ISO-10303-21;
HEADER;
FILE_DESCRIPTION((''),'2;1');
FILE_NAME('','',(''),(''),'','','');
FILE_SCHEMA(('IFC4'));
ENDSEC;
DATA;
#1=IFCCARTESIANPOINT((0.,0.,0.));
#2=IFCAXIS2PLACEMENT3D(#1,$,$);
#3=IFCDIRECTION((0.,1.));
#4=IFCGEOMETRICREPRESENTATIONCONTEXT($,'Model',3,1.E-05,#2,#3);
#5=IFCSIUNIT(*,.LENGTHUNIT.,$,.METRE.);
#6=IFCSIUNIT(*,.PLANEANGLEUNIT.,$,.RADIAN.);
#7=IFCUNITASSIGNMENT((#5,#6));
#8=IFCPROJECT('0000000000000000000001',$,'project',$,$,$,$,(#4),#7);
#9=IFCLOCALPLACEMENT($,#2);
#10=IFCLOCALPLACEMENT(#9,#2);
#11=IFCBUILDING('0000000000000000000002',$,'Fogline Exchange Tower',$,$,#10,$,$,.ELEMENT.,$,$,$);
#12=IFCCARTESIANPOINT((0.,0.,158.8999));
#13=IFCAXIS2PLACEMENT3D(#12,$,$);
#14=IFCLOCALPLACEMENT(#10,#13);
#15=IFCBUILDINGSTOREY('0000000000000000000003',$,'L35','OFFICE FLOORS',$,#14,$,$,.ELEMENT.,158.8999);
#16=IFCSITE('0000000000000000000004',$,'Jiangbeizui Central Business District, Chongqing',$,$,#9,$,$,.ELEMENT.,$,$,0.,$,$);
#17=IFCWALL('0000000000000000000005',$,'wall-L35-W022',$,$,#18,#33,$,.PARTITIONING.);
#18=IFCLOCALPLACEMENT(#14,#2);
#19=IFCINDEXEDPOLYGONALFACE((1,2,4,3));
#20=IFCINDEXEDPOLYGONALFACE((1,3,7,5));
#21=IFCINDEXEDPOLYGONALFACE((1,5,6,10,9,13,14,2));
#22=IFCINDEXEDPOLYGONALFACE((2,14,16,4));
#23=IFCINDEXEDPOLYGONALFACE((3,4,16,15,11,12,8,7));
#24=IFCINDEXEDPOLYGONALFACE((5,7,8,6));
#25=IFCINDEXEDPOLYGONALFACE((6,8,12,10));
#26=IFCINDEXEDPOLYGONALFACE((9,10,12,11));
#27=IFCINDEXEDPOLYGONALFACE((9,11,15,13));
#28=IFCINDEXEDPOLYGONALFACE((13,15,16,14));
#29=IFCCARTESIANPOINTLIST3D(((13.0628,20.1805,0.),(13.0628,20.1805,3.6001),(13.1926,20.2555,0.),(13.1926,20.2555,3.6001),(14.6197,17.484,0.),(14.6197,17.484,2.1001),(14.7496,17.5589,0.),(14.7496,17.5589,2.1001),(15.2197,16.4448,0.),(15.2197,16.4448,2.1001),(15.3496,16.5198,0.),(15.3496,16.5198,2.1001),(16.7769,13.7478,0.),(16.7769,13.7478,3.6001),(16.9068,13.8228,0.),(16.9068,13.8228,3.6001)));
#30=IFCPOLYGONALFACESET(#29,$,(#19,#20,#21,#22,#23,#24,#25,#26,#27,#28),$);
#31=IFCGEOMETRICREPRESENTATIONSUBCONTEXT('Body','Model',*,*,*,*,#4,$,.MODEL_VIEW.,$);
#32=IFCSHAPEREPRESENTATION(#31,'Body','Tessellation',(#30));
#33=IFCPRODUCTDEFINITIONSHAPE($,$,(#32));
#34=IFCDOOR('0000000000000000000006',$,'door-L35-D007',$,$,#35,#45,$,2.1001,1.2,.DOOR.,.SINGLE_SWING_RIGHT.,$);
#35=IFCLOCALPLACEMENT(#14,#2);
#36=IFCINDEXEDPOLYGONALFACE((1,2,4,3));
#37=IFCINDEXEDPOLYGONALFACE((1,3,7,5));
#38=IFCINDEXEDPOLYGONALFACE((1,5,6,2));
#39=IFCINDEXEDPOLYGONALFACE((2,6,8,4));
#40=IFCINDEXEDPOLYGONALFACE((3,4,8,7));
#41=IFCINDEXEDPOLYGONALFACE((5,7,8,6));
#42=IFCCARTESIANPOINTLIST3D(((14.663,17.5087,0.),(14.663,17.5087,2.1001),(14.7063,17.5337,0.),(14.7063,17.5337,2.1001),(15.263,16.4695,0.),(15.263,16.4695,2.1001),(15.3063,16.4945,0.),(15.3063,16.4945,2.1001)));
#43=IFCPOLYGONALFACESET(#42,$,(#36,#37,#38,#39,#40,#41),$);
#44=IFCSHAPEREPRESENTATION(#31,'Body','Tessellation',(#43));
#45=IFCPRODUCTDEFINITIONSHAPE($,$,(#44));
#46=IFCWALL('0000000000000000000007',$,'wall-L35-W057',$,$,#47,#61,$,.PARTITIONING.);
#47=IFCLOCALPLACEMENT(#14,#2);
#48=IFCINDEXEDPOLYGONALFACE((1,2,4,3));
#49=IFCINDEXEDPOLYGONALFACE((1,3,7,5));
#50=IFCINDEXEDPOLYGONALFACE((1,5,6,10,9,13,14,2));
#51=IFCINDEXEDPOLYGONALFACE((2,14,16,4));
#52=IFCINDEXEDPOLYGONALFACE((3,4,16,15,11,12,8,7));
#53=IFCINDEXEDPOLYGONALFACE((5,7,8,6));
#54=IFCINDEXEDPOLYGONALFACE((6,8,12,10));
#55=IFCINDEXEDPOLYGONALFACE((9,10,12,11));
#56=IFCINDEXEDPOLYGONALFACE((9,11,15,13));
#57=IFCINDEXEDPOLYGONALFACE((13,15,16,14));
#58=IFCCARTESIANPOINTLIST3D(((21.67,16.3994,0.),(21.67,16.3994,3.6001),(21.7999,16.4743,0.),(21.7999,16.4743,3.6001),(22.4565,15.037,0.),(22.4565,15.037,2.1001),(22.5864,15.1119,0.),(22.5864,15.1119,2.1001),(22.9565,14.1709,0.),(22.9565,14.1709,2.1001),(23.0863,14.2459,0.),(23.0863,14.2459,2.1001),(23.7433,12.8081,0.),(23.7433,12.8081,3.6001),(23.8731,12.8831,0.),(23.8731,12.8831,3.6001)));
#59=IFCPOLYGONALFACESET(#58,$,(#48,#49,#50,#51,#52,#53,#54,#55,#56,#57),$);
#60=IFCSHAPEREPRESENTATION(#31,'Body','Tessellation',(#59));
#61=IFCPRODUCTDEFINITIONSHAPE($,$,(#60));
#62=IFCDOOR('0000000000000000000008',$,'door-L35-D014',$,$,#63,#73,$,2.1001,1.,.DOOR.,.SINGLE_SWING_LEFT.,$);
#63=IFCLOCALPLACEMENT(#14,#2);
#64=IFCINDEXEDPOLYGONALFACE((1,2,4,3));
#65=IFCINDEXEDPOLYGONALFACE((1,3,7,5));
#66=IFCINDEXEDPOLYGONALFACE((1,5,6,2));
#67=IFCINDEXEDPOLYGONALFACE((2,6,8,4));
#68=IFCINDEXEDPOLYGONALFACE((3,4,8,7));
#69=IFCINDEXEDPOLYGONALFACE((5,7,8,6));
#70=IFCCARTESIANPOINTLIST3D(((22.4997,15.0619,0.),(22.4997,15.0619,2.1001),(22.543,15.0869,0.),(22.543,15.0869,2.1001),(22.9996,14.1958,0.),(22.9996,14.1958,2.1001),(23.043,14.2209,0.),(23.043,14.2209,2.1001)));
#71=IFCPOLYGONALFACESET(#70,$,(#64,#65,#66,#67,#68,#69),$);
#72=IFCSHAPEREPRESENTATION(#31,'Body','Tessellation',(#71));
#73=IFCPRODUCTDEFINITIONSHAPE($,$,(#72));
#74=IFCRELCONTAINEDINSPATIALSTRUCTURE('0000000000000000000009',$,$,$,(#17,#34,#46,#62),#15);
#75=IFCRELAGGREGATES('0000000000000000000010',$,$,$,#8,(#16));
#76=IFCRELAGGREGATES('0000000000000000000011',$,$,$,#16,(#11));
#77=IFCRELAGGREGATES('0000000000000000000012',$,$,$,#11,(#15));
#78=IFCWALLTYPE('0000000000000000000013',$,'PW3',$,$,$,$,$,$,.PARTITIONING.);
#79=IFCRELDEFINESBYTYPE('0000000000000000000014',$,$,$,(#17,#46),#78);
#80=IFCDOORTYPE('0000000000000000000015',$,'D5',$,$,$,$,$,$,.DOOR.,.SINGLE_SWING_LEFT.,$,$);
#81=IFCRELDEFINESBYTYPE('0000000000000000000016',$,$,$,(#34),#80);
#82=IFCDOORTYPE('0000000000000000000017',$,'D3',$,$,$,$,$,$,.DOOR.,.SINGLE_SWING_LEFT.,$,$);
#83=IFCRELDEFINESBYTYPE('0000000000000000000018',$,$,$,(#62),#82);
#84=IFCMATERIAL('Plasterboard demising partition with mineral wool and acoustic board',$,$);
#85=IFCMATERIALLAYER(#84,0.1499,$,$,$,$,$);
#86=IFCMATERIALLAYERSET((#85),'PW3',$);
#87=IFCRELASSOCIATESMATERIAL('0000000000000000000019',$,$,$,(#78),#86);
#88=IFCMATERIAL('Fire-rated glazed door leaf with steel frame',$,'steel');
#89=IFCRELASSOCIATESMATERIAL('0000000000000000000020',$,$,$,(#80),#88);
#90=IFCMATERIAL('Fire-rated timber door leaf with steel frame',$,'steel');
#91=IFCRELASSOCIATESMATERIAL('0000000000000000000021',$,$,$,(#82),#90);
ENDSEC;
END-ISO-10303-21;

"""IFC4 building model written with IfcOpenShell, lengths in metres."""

from ifc_helpers import new_model, si_unit, direction, frame, frame_2d, origin, place, context, subcontext, project, spatial, rectangle, extrude, material, layer, layer_set, type_object, element, fill, save


model = new_model("IFC4")

# Units and contexts
model_context = context("Model", 3, precision=1e-05, world=origin(), true_north=direction((0.0, 1.0)))
body_context = subcontext(model_context, "Body", "Model", "MODEL_VIEW")
ifc_project = project(units=[si_unit("LENGTHUNIT", "METRE"), si_unit("PLANEANGLEUNIT", "RADIAN")], contexts=[model_context])

# Site, building, storey
site_placement = place(None, origin())
site = spatial("IfcSite", under=ifc_project, at=site_placement, Name="Jiangbeizui Central Business District, Chongqing", CompositionType="ELEMENT", RefElevation=0.0)
building_placement = place(site_placement, origin())
building = spatial("IfcBuilding", under=site, at=building_placement, Name="Fogline Exchange Tower", CompositionType="ELEMENT")
storey_placement = place(building_placement, frame((0.0, 0.0, 158.8999)))
storey = spatial("IfcBuildingStorey", under=building, at=storey_placement, Name="L35", Description="OFFICE FLOORS", CompositionType="ELEMENT", Elevation=158.8999)

# Shared definitions
ifc_material_1 = material(Name="Plasterboard demising partition with mineral wool and acoustic board")
ifc_layer_1 = layer(ifc_material_1, 0.1499)
ifc_layer_set_1 = layer_set([ifc_layer_1], Name="PW3")
wall_type_1 = type_object("IfcWallType", Name="PW3", PredefinedType="PARTITIONING", material=ifc_layer_set_1)

# Walls, openings, doors
wall_1_placement = place(storey_placement, frame((16.8418, 13.7854, 0.0), z_axis=(0.0, 0.0, 1.0), x_axis=(-0.500024, 0.866012, 0.0)))
wall_1 = element("IfcWall", 1, at=wall_1_placement, inside=storey, type_object=wall_type_1, Name="wall-L35-W022", PredefinedType="PARTITIONING", context=body_context, shape_type="SweptSolid", body=[
    extrude(rectangle(XDim=7.428, YDim=0.1499, at=frame_2d((3.7139, 0.0))), origin(), (0.0, 0.0, 1.0), 3.6001),
])
opening_1_placement = place(wall_1_placement, frame((3.114, 0.0, 0.0)))
opening_1 = element("IfcOpeningElement", 2, at=opening_1_placement, cuts=wall_1, PredefinedType="OPENING", context=body_context, shape_type="SweptSolid", body=[
    extrude(rectangle(XDim=1.2, YDim=2.1001, at=frame_2d((0.6001, 1.05))), frame((0.0, 0.085, 0.0), z_axis=(0.0, -1.0, 0.0), x_axis=(1.0, 0.0, 0.0)), (0.0, 0.0, 1.0), 0.1699),
])
ifc_material_2 = material(Name="Fire-rated glazed door leaf with steel frame", Category="steel")
door_type_1 = type_object("IfcDoorType", Name="D5", OperationType="SINGLE_SWING_LEFT", PredefinedType="DOOR", material=ifc_material_2)
door_1_placement = place(opening_1_placement, frame((1.2, 0.0, 0.0), z_axis=(0.0, 0.0, 1.0), x_axis=(-1.0, 0.0, 0.0)))
door_1 = element("IfcDoor", 3, at=door_1_placement, inside=storey, type_object=door_type_1, Name="door-L35-D007", OperationType="SINGLE_SWING_RIGHT", OverallHeight=2.1001, OverallWidth=1.2, PredefinedType="DOOR", context=body_context, shape_type="SweptSolid", body=[
    extrude(rectangle(XDim=1.2, YDim=2.1001, at=frame_2d((0.6001, 1.05))), frame((0.0, 0.0249, 0.0), z_axis=(0.0, -1.0, 0.0), x_axis=(1.0, 0.0, 0.0)), (0.0, 0.0, 1.0), 0.05),
])
fill(opening_1, door_1)
wall_2_placement = place(storey_placement, frame((23.8081, 12.8457, 0.0), z_axis=(0.0, 0.0, 1.0), x_axis=(-0.499964, 0.866046, 0.0)))
wall_2 = element("IfcWall", 4, at=wall_2_placement, inside=storey, type_object=wall_type_1, Name="wall-L35-W057", PredefinedType="PARTITIONING", context=body_context, shape_type="SweptSolid", body=[
    extrude(rectangle(XDim=4.1467, YDim=0.1499, at=frame_2d((2.0732, 0.0))), origin(), (0.0, 0.0, 1.0), 3.6001),
])
opening_2_placement = place(wall_2_placement, frame((1.5735, 0.0, 0.0)))
opening_2 = element("IfcOpeningElement", 5, at=opening_2_placement, cuts=wall_2, PredefinedType="OPENING", context=body_context, shape_type="SweptSolid", body=[
    extrude(rectangle(XDim=1.0, YDim=2.1001, at=frame_2d((0.5, 1.05))), frame((0.0, 0.085, 0.0), z_axis=(0.0, -1.0, 0.0), x_axis=(1.0, 0.0, 0.0)), (0.0, 0.0, 1.0), 0.1699),
])
ifc_material_3 = material(Name="Fire-rated timber door leaf with steel frame", Category="steel")
door_type_2 = type_object("IfcDoorType", Name="D3", OperationType="SINGLE_SWING_LEFT", PredefinedType="DOOR", material=ifc_material_3)
door_2_placement = place(opening_2_placement, frame((1.0, 0.0, 0.0), z_axis=(0.0, 0.0, 1.0), x_axis=(-1.0, 0.0, 0.0)))
door_2 = element("IfcDoor", 6, at=door_2_placement, inside=storey, type_object=door_type_2, Name="door-L35-D014", OperationType="SINGLE_SWING_LEFT", OverallHeight=2.1001, OverallWidth=1.0, PredefinedType="DOOR", context=body_context, shape_type="SweptSolid", body=[
    extrude(rectangle(XDim=1.0, YDim=2.1001, at=frame_2d((0.5, 1.05))), frame((0.0, 0.0249, 0.0), z_axis=(0.0, -1.0, 0.0), x_axis=(1.0, 0.0, 0.0)), (0.0, 0.0, 1.0), 0.05),
])
fill(opening_2, door_2)

save(model, "model.ifc")
